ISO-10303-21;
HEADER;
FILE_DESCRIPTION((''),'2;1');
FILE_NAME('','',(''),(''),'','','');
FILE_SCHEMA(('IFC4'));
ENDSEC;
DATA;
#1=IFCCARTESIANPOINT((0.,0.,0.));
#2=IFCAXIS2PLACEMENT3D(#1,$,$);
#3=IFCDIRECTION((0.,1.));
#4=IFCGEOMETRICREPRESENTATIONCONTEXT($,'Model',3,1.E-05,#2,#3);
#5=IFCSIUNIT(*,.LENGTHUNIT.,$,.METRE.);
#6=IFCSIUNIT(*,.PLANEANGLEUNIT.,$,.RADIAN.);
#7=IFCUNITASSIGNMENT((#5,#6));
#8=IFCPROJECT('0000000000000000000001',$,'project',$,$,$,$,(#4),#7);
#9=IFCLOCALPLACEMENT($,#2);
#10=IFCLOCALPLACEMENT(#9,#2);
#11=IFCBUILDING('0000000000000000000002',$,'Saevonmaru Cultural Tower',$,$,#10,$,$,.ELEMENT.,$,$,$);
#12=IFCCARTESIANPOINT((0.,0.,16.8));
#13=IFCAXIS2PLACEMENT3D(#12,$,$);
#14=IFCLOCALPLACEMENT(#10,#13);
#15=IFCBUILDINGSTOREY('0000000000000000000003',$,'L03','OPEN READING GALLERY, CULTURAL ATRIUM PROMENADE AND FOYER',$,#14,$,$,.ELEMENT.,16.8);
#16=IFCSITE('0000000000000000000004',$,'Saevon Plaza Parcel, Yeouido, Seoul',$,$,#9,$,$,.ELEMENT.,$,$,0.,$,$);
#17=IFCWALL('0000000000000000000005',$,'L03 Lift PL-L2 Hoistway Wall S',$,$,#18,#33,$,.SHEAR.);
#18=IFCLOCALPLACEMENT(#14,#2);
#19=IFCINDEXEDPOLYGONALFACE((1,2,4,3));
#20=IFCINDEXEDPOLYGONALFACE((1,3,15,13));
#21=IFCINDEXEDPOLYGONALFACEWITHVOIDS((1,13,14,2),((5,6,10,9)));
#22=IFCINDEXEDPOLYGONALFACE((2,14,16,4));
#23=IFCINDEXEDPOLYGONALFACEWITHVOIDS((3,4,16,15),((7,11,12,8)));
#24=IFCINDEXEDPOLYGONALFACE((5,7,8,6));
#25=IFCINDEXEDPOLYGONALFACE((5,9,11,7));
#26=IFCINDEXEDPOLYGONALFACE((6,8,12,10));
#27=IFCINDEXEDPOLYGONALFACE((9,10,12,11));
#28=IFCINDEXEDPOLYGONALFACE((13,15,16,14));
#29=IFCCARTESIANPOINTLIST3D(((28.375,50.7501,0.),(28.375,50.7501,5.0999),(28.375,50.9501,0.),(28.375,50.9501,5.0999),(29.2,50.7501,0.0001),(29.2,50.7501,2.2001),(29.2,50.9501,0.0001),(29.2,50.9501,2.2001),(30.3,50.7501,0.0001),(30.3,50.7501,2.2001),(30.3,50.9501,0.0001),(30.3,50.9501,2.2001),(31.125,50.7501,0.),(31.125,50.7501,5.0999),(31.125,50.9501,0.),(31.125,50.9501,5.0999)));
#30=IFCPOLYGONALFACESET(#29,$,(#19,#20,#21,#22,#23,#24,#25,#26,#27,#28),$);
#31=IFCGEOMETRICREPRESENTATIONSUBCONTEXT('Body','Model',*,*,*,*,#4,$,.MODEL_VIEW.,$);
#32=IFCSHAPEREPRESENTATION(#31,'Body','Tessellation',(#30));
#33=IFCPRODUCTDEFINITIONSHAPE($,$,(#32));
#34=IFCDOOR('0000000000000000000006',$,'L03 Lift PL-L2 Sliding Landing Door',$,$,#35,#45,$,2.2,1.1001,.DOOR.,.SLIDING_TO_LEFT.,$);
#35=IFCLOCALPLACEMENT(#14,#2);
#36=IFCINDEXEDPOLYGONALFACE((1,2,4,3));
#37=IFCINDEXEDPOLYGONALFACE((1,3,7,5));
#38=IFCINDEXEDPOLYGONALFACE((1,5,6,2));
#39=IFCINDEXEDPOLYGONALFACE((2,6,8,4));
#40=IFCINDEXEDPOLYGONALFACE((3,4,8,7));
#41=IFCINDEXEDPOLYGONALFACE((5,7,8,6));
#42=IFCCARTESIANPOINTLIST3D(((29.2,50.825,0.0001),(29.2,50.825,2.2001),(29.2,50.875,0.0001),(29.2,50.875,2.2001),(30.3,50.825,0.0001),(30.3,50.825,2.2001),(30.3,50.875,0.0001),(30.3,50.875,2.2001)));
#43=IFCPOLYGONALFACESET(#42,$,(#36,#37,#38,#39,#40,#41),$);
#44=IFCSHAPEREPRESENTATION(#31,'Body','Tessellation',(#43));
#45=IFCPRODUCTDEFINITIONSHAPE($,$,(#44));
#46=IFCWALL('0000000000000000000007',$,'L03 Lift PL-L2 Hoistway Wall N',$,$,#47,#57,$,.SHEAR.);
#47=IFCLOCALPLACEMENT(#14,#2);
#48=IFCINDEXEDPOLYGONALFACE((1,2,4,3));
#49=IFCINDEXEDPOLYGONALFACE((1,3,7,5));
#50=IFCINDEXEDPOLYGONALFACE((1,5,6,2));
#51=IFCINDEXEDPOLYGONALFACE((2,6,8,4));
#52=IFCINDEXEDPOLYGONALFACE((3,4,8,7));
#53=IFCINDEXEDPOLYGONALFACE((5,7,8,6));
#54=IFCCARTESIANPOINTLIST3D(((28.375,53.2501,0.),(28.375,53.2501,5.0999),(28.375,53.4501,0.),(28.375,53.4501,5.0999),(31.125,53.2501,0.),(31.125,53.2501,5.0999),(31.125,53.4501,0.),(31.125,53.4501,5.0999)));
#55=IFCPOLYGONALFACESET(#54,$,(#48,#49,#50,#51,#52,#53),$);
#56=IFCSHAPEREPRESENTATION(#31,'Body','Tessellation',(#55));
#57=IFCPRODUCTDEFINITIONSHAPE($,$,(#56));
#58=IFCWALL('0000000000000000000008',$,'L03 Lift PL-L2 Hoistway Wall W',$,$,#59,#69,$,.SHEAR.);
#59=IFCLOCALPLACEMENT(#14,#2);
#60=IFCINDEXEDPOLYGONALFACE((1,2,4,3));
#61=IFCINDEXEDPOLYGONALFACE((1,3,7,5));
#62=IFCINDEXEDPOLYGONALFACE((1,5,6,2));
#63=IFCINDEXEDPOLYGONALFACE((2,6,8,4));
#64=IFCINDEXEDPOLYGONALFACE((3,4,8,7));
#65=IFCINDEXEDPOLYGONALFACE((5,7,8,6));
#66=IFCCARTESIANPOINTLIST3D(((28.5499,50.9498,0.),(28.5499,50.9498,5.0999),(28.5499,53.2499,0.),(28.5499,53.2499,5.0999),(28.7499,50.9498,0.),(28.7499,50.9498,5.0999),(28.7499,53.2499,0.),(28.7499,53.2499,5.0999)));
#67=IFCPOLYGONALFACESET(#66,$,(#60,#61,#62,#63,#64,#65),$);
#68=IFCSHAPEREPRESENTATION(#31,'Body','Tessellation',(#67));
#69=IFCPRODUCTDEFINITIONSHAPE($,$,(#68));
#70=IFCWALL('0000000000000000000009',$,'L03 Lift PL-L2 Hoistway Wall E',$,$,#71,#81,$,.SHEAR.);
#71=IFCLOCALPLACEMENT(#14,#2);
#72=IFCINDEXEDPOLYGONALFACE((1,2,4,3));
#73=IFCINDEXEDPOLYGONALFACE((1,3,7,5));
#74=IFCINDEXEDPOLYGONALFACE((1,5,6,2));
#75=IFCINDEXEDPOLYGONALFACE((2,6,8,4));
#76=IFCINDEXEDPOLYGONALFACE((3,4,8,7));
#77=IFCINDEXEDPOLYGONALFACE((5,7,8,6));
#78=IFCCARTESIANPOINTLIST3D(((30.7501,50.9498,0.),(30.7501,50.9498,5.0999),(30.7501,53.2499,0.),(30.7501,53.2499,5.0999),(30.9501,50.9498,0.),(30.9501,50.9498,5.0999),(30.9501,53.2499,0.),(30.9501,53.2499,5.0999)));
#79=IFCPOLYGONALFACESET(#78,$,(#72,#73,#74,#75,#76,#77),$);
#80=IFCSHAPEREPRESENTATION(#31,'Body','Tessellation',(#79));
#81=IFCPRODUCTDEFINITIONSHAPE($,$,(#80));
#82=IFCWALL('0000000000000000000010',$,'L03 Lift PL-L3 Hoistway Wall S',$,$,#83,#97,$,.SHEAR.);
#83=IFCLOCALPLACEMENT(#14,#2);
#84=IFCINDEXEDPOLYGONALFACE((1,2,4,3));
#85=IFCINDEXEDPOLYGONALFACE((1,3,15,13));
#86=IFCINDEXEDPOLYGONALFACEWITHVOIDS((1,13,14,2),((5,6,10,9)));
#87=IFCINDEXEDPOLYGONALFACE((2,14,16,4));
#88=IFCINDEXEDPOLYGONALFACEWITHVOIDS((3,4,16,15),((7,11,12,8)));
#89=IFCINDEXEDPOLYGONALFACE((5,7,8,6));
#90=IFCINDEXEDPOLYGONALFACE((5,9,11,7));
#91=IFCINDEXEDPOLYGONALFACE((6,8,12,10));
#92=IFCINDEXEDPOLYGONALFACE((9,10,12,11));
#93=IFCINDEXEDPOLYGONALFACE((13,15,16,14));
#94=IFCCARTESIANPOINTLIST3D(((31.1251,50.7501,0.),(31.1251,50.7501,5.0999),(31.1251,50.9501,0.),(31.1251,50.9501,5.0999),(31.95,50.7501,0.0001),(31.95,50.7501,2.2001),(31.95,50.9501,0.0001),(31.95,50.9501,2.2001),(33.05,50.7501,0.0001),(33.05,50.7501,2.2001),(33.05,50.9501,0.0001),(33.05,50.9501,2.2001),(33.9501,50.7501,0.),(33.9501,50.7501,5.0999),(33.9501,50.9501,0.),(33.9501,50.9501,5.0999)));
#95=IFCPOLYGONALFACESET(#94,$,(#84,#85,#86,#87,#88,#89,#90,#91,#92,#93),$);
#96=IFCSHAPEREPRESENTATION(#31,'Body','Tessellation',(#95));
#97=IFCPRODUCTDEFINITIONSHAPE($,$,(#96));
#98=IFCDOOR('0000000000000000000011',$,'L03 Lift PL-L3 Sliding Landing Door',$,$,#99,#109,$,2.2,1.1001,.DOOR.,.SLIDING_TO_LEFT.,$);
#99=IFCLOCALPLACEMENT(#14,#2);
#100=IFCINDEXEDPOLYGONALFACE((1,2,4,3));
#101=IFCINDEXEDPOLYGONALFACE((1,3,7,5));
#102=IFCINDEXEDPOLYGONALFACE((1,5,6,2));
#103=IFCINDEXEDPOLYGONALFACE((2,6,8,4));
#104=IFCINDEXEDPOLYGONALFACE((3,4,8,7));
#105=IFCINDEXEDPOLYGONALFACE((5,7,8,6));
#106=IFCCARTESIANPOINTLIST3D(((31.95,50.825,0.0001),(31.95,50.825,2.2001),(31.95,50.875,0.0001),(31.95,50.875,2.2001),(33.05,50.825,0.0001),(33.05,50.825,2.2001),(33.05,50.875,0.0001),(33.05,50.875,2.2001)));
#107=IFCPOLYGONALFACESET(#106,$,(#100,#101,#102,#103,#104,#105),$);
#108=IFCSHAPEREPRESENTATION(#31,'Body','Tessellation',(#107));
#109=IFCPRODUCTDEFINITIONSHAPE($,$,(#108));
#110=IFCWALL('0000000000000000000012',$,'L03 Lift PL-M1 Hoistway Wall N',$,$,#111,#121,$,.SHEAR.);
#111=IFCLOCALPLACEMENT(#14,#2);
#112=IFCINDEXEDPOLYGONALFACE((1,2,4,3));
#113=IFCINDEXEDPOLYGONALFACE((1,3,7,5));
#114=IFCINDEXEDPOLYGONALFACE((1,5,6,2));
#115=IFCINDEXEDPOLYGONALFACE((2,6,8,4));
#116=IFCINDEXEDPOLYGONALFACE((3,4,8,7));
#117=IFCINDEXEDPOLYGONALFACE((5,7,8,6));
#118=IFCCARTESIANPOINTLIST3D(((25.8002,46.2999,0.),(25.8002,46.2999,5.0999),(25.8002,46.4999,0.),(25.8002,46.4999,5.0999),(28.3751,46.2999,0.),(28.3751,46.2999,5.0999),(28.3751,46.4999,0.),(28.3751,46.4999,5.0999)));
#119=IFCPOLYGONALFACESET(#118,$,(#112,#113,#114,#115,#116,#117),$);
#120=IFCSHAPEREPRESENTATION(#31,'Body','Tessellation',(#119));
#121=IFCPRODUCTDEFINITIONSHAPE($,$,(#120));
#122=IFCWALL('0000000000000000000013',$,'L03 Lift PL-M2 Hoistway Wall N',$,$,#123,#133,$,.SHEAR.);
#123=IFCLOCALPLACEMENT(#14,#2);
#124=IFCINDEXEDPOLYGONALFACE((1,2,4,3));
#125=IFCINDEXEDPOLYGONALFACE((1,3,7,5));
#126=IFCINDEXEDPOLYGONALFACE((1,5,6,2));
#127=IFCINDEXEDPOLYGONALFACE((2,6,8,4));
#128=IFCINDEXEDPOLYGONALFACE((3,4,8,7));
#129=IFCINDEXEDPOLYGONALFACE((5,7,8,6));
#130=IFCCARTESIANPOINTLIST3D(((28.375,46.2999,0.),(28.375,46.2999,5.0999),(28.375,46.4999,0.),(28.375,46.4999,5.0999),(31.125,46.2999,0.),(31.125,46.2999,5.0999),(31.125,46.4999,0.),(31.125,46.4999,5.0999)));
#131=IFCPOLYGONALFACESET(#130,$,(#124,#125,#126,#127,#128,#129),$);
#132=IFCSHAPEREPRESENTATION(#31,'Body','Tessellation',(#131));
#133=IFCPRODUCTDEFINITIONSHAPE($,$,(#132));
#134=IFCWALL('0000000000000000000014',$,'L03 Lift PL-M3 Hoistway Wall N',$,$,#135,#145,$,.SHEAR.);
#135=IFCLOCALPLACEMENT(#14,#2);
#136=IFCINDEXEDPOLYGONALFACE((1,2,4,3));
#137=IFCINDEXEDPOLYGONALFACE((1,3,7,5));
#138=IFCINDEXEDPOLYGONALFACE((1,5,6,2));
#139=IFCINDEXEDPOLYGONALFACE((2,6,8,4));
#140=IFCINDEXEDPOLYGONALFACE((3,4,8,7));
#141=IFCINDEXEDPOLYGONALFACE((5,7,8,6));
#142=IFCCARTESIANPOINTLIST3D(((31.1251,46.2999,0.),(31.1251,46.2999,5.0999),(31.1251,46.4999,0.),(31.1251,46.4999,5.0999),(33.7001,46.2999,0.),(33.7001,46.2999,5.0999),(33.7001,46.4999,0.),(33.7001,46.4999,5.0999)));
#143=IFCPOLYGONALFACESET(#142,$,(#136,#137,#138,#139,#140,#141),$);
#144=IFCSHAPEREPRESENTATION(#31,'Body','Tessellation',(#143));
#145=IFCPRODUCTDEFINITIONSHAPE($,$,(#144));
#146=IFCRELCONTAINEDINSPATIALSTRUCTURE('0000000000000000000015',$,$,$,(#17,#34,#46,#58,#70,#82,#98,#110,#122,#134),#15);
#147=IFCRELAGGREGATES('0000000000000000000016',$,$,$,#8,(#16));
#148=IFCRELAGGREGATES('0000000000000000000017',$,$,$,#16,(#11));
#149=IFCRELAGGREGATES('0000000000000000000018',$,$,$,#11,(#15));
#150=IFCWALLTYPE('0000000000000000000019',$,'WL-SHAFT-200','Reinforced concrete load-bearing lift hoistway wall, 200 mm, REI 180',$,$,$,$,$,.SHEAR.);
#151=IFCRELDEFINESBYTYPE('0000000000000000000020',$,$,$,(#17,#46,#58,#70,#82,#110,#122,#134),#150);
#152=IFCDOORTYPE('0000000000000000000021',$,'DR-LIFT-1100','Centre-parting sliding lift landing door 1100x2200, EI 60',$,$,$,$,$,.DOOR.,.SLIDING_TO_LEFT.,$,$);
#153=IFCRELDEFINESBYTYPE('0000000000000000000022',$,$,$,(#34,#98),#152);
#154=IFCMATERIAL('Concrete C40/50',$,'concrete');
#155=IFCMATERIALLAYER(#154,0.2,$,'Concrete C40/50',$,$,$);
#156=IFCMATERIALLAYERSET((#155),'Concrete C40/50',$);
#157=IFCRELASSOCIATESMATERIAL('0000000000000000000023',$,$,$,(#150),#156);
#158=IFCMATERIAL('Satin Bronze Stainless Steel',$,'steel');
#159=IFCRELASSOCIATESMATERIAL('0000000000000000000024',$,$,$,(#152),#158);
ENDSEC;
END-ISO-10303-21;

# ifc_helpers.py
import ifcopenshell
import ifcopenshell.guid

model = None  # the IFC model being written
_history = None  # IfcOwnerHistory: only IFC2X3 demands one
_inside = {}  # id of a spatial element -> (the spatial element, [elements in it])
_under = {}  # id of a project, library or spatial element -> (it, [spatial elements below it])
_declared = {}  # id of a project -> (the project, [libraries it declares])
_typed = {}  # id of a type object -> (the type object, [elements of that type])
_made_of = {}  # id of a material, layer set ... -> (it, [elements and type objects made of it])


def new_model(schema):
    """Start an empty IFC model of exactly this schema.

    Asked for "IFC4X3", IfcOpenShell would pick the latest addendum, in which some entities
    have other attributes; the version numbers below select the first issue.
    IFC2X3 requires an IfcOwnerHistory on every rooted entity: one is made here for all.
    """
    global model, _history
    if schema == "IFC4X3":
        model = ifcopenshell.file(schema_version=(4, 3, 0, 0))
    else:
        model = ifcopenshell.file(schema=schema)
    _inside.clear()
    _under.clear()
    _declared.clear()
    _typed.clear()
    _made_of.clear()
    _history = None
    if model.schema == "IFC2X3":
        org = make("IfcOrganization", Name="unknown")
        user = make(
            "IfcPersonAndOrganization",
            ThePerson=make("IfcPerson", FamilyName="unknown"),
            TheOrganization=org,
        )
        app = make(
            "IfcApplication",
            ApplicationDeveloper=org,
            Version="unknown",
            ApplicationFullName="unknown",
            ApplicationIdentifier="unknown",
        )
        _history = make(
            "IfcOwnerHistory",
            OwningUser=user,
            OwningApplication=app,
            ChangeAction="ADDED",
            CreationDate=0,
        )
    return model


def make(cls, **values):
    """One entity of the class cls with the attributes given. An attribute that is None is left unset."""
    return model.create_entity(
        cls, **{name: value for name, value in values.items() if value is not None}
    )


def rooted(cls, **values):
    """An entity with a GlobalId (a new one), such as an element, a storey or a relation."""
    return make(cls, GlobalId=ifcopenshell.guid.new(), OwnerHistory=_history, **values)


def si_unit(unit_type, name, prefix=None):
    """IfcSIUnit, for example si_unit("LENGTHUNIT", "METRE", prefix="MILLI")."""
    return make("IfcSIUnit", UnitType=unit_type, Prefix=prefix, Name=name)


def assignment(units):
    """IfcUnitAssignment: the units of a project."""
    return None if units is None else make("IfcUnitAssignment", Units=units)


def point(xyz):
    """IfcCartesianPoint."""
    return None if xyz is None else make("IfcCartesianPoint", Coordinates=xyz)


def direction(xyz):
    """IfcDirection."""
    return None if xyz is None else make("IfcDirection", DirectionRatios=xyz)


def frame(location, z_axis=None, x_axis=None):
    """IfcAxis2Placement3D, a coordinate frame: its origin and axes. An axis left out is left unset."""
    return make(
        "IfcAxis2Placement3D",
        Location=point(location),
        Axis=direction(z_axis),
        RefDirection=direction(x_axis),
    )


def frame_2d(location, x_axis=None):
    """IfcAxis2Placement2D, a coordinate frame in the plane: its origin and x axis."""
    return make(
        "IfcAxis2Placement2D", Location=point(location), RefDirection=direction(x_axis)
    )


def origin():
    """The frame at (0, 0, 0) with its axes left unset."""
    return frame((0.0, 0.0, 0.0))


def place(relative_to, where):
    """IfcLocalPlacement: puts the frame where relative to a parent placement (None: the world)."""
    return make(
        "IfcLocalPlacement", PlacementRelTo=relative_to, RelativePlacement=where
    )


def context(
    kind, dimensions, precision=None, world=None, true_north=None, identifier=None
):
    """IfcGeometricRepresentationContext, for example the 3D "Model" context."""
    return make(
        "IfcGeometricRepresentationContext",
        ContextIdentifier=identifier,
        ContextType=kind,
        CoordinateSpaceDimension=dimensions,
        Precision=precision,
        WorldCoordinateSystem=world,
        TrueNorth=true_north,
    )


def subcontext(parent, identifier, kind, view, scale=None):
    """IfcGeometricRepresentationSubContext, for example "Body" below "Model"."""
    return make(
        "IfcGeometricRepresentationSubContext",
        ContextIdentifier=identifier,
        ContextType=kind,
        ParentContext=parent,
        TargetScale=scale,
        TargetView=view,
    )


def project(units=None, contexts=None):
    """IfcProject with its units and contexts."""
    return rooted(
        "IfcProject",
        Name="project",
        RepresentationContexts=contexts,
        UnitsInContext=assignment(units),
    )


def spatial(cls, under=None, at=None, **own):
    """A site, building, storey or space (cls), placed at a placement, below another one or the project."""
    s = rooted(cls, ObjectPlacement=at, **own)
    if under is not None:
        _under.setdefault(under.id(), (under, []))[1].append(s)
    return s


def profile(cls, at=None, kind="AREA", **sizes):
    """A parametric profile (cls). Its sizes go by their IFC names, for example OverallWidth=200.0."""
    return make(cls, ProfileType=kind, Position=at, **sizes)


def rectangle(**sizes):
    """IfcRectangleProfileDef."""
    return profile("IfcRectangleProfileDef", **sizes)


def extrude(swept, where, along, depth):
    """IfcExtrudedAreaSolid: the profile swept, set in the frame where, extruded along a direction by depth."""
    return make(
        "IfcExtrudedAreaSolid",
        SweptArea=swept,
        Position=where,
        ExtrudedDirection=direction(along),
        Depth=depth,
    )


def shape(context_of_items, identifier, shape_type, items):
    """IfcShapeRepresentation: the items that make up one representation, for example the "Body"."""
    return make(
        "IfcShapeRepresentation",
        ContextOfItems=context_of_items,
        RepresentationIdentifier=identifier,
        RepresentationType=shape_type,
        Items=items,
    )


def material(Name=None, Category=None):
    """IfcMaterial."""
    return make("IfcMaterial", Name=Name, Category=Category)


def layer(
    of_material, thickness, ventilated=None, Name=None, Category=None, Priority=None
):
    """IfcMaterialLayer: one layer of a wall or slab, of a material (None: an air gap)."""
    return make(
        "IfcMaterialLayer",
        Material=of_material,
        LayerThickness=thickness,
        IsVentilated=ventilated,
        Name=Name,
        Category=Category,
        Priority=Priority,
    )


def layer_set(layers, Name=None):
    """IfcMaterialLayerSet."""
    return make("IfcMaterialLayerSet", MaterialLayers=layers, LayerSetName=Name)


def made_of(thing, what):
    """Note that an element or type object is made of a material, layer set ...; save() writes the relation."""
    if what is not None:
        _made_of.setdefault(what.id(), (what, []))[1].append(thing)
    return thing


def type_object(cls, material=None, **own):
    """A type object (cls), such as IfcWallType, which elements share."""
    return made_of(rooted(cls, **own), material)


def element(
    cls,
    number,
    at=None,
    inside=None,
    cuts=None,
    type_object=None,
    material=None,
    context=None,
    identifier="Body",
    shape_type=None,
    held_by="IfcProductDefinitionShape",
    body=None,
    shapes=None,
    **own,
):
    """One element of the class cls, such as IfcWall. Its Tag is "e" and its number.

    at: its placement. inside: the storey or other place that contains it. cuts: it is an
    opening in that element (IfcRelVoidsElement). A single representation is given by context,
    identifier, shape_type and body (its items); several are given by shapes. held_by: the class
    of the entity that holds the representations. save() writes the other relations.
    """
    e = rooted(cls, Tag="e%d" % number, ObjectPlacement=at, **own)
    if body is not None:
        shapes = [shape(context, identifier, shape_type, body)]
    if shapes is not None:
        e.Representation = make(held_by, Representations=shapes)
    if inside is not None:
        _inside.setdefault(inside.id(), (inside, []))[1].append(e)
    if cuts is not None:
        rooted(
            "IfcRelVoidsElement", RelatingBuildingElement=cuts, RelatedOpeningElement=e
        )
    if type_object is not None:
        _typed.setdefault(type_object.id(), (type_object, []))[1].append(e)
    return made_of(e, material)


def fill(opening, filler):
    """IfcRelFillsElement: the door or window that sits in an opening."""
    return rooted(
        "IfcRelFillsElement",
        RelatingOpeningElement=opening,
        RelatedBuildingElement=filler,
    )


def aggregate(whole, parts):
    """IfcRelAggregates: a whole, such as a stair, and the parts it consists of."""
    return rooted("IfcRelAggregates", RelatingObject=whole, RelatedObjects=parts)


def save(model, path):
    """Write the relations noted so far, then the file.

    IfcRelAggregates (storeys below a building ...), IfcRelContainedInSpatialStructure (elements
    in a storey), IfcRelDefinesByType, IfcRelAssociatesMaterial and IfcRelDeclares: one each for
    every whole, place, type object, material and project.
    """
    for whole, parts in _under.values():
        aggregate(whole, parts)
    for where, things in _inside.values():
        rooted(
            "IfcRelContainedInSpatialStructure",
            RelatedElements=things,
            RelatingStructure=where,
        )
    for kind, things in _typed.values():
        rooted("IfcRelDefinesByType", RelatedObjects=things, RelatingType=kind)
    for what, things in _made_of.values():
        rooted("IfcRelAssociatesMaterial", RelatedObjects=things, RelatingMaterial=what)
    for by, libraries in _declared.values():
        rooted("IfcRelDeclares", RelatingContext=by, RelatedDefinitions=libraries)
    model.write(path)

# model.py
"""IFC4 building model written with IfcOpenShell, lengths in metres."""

from ifc_helpers import new_model, si_unit, direction, frame, frame_2d, origin, place, context, subcontext, project, spatial, rectangle, extrude, material, layer, layer_set, type_object, element, fill, save


model = new_model("IFC4")

# Units and contexts
model_context = context("Model", 3, precision=1e-05, world=origin(), true_north=direction((0.0, 1.0)))
body_context = subcontext(model_context, "Body", "Model", "MODEL_VIEW")
ifc_project = project(units=[si_unit("LENGTHUNIT", "METRE"), si_unit("PLANEANGLEUNIT", "RADIAN")], contexts=[model_context])

# Site, building, storey
site_placement = place(None, origin())
site = spatial("IfcSite", under=ifc_project, at=site_placement, Name="Saevon Plaza Parcel, Yeouido, Seoul", CompositionType="ELEMENT", RefElevation=0.0)
building_placement = place(site_placement, origin())
building = spatial("IfcBuilding", under=site, at=building_placement, Name="Saevonmaru Cultural Tower", CompositionType="ELEMENT")
storey_placement = place(building_placement, frame((0.0, 0.0, 16.8)))
storey = spatial("IfcBuildingStorey", under=building, at=storey_placement, Name="L03", Description="OPEN READING GALLERY, CULTURAL ATRIUM PROMENADE AND FOYER", CompositionType="ELEMENT", Elevation=16.8)

# Shared definitions
ifc_material_1 = material(Name="Concrete C40/50", Category="concrete")
ifc_layer = layer(ifc_material_1, 0.2, Name="Concrete C40/50")
ifc_layer_set = layer_set([ifc_layer], Name="Concrete C40/50")
wall_type = type_object("IfcWallType", Name="WL-SHAFT-200", Description="Reinforced concrete load-bearing lift hoistway wall, 200 mm, REI 180", PredefinedType="SHEAR", material=ifc_layer_set)

# Shared definitions
ifc_material_2 = material(Name="Satin Bronze Stainless Steel", Category="steel")
door_type = type_object("IfcDoorType", Name="DR-LIFT-1100", Description="Centre-parting sliding lift landing door 1100x2200, EI 60", OperationType="SLIDING_TO_LEFT", PredefinedType="DOOR", material=ifc_material_2)

# Wall, opening, door
wall_1_placement = place(storey_placement, frame((28.375, 50.8501, 0.0), z_axis=(0.0, 0.0, 1.0), x_axis=(1.0, 0.0, 0.0)))
wall_1 = element("IfcWall", 1, at=wall_1_placement, inside=storey, type_object=wall_type, Name="L03 Lift PL-L2 Hoistway Wall S", PredefinedType="SHEAR", context=body_context, shape_type="SweptSolid", body=[
    extrude(rectangle(XDim=2.75, YDim=0.2, at=frame_2d((1.375, 0.0))), origin(), (0.0, 0.0, 1.0), 5.0999),
])
opening_1_placement = place(wall_1_placement, frame((0.825, 0.0, 0.0)))
opening_1 = element("IfcOpeningElement", 2, at=opening_1_placement, cuts=wall_1, PredefinedType="OPENING", context=body_context, shape_type="SweptSolid", body=[
    extrude(rectangle(XDim=1.1001, YDim=2.2, at=frame_2d((0.55, 1.1001))), frame((0.0, 0.1099, 0.0), z_axis=(0.0, -1.0, 0.0), x_axis=(1.0, 0.0, 0.0)), (0.0, 0.0, 1.0), 0.22),
])
door_1_placement = place(opening_1_placement, origin())
door_1 = element("IfcDoor", 3, at=door_1_placement, inside=storey, type_object=door_type, Name="L03 Lift PL-L2 Sliding Landing Door", OperationType="SLIDING_TO_LEFT", OverallHeight=2.2, OverallWidth=1.1001, PredefinedType="DOOR", context=body_context, shape_type="SweptSolid", body=[
    extrude(rectangle(XDim=1.1001, YDim=2.2, at=frame_2d((0.55, 1.1001))), frame((0.0, 0.0249, 0.0), z_axis=(0.0, -1.0, 0.0), x_axis=(1.0, 0.0, 0.0)), (0.0, 0.0, 1.0), 0.05),
])
fill(opening_1, door_1)

# Walls
wall_2_placement = place(storey_placement, frame((28.375, 53.3501, 0.0), z_axis=(0.0, 0.0, 1.0), x_axis=(1.0, 0.0, 0.0)))
element("IfcWall", 4, at=wall_2_placement, inside=storey, type_object=wall_type, Name="L03 Lift PL-L2 Hoistway Wall N", PredefinedType="SHEAR", context=body_context, shape_type="SweptSolid", body=[
    extrude(rectangle(XDim=2.75, YDim=0.2, at=frame_2d((1.375, 0.0))), origin(), (0.0, 0.0, 1.0), 5.0999),
])
for number, where, z_axis, x_axis, name in (
    (5, (28.6499, 50.95, 0.0), (0.0, 0.0, 1.0), (0.0, 1.0, 0.0), "L03 Lift PL-L2 Hoistway Wall W"),
    (6, (30.8501, 50.95, 0.0), (0.0, 0.0, 1.0), (0.0, 1.0, 0.0), "L03 Lift PL-L2 Hoistway Wall E"),
):
    element("IfcWall", number, at=place(storey_placement, frame(where, z_axis=z_axis, x_axis=x_axis)), inside=storey, type_object=wall_type, Name=name, PredefinedType="SHEAR", context=body_context, shape_type="SweptSolid", body=[
        extrude(rectangle(XDim=2.3, YDim=0.2, at=frame_2d((1.1499, 0.0))), origin(), (0.0, 0.0, 1.0), 5.0999),
    ])

# Wall, opening, door
wall_3_placement = place(storey_placement, frame((31.125, 50.8501, 0.0), z_axis=(0.0, 0.0, 1.0), x_axis=(1.0, 0.0, 0.0)))
wall_3 = element("IfcWall", 7, at=wall_3_placement, inside=storey, type_object=wall_type, Name="L03 Lift PL-L3 Hoistway Wall S", PredefinedType="SHEAR", context=body_context, shape_type="SweptSolid", body=[
    extrude(rectangle(XDim=2.825, YDim=0.2, at=frame_2d((1.4126, 0.0))), origin(), (0.0, 0.0, 1.0), 5.0999),
])
opening_2_placement = place(wall_3_placement, frame((0.825, 0.0, 0.0)))
opening_2 = element("IfcOpeningElement", 8, at=opening_2_placement, cuts=wall_3, PredefinedType="OPENING", context=body_context, shape_type="SweptSolid", body=[
    extrude(rectangle(XDim=1.1001, YDim=2.2, at=frame_2d((0.55, 1.1001))), frame((0.0, 0.1099, 0.0), z_axis=(0.0, -1.0, 0.0), x_axis=(1.0, 0.0, 0.0)), (0.0, 0.0, 1.0), 0.22),
])
door_2_placement = place(opening_2_placement, origin())
door_2 = element("IfcDoor", 9, at=door_2_placement, inside=storey, type_object=door_type, Name="L03 Lift PL-L3 Sliding Landing Door", OperationType="SLIDING_TO_LEFT", OverallHeight=2.2, OverallWidth=1.1001, PredefinedType="DOOR", context=body_context, shape_type="SweptSolid", body=[
    extrude(rectangle(XDim=1.1001, YDim=2.2, at=frame_2d((0.55, 1.1001))), frame((0.0, 0.0249, 0.0), z_axis=(0.0, -1.0, 0.0), x_axis=(1.0, 0.0, 0.0)), (0.0, 0.0, 1.0), 0.05),
])
fill(opening_2, door_2)

# Walls
wall_4_placement = place(storey_placement, frame((25.8, 46.3999, 0.0), z_axis=(0.0, 0.0, 1.0), x_axis=(1.0, 0.0, 0.0)))
element("IfcWall", 10, at=wall_4_placement, inside=storey, type_object=wall_type, Name="L03 Lift PL-M1 Hoistway Wall N", PredefinedType="SHEAR", context=body_context, shape_type="SweptSolid", body=[
    extrude(rectangle(XDim=2.575, YDim=0.2, at=frame_2d((1.2876, 0.0))), origin(), (0.0, 0.0, 1.0), 5.0999),
])
wall_5_placement = place(storey_placement, frame((28.375, 46.3999, 0.0), z_axis=(0.0, 0.0, 1.0), x_axis=(1.0, 0.0, 0.0)))
element("IfcWall", 11, at=wall_5_placement, inside=storey, type_object=wall_type, Name="L03 Lift PL-M2 Hoistway Wall N", PredefinedType="SHEAR", context=body_context, shape_type="SweptSolid", body=[
    extrude(rectangle(XDim=2.75, YDim=0.2, at=frame_2d((1.375, 0.0))), origin(), (0.0, 0.0, 1.0), 5.0999),
])
wall_6_placement = place(storey_placement, frame((31.125, 46.3999, 0.0), z_axis=(0.0, 0.0, 1.0), x_axis=(1.0, 0.0, 0.0)))
element("IfcWall", 12, at=wall_6_placement, inside=storey, type_object=wall_type, Name="L03 Lift PL-M3 Hoistway Wall N", PredefinedType="SHEAR", context=body_context, shape_type="SweptSolid", body=[
    extrude(rectangle(XDim=2.575, YDim=0.2, at=frame_2d((1.2876, 0.0))), origin(), (0.0, 0.0, 1.0), 5.0999),
])

save(model, "model.ifc")
